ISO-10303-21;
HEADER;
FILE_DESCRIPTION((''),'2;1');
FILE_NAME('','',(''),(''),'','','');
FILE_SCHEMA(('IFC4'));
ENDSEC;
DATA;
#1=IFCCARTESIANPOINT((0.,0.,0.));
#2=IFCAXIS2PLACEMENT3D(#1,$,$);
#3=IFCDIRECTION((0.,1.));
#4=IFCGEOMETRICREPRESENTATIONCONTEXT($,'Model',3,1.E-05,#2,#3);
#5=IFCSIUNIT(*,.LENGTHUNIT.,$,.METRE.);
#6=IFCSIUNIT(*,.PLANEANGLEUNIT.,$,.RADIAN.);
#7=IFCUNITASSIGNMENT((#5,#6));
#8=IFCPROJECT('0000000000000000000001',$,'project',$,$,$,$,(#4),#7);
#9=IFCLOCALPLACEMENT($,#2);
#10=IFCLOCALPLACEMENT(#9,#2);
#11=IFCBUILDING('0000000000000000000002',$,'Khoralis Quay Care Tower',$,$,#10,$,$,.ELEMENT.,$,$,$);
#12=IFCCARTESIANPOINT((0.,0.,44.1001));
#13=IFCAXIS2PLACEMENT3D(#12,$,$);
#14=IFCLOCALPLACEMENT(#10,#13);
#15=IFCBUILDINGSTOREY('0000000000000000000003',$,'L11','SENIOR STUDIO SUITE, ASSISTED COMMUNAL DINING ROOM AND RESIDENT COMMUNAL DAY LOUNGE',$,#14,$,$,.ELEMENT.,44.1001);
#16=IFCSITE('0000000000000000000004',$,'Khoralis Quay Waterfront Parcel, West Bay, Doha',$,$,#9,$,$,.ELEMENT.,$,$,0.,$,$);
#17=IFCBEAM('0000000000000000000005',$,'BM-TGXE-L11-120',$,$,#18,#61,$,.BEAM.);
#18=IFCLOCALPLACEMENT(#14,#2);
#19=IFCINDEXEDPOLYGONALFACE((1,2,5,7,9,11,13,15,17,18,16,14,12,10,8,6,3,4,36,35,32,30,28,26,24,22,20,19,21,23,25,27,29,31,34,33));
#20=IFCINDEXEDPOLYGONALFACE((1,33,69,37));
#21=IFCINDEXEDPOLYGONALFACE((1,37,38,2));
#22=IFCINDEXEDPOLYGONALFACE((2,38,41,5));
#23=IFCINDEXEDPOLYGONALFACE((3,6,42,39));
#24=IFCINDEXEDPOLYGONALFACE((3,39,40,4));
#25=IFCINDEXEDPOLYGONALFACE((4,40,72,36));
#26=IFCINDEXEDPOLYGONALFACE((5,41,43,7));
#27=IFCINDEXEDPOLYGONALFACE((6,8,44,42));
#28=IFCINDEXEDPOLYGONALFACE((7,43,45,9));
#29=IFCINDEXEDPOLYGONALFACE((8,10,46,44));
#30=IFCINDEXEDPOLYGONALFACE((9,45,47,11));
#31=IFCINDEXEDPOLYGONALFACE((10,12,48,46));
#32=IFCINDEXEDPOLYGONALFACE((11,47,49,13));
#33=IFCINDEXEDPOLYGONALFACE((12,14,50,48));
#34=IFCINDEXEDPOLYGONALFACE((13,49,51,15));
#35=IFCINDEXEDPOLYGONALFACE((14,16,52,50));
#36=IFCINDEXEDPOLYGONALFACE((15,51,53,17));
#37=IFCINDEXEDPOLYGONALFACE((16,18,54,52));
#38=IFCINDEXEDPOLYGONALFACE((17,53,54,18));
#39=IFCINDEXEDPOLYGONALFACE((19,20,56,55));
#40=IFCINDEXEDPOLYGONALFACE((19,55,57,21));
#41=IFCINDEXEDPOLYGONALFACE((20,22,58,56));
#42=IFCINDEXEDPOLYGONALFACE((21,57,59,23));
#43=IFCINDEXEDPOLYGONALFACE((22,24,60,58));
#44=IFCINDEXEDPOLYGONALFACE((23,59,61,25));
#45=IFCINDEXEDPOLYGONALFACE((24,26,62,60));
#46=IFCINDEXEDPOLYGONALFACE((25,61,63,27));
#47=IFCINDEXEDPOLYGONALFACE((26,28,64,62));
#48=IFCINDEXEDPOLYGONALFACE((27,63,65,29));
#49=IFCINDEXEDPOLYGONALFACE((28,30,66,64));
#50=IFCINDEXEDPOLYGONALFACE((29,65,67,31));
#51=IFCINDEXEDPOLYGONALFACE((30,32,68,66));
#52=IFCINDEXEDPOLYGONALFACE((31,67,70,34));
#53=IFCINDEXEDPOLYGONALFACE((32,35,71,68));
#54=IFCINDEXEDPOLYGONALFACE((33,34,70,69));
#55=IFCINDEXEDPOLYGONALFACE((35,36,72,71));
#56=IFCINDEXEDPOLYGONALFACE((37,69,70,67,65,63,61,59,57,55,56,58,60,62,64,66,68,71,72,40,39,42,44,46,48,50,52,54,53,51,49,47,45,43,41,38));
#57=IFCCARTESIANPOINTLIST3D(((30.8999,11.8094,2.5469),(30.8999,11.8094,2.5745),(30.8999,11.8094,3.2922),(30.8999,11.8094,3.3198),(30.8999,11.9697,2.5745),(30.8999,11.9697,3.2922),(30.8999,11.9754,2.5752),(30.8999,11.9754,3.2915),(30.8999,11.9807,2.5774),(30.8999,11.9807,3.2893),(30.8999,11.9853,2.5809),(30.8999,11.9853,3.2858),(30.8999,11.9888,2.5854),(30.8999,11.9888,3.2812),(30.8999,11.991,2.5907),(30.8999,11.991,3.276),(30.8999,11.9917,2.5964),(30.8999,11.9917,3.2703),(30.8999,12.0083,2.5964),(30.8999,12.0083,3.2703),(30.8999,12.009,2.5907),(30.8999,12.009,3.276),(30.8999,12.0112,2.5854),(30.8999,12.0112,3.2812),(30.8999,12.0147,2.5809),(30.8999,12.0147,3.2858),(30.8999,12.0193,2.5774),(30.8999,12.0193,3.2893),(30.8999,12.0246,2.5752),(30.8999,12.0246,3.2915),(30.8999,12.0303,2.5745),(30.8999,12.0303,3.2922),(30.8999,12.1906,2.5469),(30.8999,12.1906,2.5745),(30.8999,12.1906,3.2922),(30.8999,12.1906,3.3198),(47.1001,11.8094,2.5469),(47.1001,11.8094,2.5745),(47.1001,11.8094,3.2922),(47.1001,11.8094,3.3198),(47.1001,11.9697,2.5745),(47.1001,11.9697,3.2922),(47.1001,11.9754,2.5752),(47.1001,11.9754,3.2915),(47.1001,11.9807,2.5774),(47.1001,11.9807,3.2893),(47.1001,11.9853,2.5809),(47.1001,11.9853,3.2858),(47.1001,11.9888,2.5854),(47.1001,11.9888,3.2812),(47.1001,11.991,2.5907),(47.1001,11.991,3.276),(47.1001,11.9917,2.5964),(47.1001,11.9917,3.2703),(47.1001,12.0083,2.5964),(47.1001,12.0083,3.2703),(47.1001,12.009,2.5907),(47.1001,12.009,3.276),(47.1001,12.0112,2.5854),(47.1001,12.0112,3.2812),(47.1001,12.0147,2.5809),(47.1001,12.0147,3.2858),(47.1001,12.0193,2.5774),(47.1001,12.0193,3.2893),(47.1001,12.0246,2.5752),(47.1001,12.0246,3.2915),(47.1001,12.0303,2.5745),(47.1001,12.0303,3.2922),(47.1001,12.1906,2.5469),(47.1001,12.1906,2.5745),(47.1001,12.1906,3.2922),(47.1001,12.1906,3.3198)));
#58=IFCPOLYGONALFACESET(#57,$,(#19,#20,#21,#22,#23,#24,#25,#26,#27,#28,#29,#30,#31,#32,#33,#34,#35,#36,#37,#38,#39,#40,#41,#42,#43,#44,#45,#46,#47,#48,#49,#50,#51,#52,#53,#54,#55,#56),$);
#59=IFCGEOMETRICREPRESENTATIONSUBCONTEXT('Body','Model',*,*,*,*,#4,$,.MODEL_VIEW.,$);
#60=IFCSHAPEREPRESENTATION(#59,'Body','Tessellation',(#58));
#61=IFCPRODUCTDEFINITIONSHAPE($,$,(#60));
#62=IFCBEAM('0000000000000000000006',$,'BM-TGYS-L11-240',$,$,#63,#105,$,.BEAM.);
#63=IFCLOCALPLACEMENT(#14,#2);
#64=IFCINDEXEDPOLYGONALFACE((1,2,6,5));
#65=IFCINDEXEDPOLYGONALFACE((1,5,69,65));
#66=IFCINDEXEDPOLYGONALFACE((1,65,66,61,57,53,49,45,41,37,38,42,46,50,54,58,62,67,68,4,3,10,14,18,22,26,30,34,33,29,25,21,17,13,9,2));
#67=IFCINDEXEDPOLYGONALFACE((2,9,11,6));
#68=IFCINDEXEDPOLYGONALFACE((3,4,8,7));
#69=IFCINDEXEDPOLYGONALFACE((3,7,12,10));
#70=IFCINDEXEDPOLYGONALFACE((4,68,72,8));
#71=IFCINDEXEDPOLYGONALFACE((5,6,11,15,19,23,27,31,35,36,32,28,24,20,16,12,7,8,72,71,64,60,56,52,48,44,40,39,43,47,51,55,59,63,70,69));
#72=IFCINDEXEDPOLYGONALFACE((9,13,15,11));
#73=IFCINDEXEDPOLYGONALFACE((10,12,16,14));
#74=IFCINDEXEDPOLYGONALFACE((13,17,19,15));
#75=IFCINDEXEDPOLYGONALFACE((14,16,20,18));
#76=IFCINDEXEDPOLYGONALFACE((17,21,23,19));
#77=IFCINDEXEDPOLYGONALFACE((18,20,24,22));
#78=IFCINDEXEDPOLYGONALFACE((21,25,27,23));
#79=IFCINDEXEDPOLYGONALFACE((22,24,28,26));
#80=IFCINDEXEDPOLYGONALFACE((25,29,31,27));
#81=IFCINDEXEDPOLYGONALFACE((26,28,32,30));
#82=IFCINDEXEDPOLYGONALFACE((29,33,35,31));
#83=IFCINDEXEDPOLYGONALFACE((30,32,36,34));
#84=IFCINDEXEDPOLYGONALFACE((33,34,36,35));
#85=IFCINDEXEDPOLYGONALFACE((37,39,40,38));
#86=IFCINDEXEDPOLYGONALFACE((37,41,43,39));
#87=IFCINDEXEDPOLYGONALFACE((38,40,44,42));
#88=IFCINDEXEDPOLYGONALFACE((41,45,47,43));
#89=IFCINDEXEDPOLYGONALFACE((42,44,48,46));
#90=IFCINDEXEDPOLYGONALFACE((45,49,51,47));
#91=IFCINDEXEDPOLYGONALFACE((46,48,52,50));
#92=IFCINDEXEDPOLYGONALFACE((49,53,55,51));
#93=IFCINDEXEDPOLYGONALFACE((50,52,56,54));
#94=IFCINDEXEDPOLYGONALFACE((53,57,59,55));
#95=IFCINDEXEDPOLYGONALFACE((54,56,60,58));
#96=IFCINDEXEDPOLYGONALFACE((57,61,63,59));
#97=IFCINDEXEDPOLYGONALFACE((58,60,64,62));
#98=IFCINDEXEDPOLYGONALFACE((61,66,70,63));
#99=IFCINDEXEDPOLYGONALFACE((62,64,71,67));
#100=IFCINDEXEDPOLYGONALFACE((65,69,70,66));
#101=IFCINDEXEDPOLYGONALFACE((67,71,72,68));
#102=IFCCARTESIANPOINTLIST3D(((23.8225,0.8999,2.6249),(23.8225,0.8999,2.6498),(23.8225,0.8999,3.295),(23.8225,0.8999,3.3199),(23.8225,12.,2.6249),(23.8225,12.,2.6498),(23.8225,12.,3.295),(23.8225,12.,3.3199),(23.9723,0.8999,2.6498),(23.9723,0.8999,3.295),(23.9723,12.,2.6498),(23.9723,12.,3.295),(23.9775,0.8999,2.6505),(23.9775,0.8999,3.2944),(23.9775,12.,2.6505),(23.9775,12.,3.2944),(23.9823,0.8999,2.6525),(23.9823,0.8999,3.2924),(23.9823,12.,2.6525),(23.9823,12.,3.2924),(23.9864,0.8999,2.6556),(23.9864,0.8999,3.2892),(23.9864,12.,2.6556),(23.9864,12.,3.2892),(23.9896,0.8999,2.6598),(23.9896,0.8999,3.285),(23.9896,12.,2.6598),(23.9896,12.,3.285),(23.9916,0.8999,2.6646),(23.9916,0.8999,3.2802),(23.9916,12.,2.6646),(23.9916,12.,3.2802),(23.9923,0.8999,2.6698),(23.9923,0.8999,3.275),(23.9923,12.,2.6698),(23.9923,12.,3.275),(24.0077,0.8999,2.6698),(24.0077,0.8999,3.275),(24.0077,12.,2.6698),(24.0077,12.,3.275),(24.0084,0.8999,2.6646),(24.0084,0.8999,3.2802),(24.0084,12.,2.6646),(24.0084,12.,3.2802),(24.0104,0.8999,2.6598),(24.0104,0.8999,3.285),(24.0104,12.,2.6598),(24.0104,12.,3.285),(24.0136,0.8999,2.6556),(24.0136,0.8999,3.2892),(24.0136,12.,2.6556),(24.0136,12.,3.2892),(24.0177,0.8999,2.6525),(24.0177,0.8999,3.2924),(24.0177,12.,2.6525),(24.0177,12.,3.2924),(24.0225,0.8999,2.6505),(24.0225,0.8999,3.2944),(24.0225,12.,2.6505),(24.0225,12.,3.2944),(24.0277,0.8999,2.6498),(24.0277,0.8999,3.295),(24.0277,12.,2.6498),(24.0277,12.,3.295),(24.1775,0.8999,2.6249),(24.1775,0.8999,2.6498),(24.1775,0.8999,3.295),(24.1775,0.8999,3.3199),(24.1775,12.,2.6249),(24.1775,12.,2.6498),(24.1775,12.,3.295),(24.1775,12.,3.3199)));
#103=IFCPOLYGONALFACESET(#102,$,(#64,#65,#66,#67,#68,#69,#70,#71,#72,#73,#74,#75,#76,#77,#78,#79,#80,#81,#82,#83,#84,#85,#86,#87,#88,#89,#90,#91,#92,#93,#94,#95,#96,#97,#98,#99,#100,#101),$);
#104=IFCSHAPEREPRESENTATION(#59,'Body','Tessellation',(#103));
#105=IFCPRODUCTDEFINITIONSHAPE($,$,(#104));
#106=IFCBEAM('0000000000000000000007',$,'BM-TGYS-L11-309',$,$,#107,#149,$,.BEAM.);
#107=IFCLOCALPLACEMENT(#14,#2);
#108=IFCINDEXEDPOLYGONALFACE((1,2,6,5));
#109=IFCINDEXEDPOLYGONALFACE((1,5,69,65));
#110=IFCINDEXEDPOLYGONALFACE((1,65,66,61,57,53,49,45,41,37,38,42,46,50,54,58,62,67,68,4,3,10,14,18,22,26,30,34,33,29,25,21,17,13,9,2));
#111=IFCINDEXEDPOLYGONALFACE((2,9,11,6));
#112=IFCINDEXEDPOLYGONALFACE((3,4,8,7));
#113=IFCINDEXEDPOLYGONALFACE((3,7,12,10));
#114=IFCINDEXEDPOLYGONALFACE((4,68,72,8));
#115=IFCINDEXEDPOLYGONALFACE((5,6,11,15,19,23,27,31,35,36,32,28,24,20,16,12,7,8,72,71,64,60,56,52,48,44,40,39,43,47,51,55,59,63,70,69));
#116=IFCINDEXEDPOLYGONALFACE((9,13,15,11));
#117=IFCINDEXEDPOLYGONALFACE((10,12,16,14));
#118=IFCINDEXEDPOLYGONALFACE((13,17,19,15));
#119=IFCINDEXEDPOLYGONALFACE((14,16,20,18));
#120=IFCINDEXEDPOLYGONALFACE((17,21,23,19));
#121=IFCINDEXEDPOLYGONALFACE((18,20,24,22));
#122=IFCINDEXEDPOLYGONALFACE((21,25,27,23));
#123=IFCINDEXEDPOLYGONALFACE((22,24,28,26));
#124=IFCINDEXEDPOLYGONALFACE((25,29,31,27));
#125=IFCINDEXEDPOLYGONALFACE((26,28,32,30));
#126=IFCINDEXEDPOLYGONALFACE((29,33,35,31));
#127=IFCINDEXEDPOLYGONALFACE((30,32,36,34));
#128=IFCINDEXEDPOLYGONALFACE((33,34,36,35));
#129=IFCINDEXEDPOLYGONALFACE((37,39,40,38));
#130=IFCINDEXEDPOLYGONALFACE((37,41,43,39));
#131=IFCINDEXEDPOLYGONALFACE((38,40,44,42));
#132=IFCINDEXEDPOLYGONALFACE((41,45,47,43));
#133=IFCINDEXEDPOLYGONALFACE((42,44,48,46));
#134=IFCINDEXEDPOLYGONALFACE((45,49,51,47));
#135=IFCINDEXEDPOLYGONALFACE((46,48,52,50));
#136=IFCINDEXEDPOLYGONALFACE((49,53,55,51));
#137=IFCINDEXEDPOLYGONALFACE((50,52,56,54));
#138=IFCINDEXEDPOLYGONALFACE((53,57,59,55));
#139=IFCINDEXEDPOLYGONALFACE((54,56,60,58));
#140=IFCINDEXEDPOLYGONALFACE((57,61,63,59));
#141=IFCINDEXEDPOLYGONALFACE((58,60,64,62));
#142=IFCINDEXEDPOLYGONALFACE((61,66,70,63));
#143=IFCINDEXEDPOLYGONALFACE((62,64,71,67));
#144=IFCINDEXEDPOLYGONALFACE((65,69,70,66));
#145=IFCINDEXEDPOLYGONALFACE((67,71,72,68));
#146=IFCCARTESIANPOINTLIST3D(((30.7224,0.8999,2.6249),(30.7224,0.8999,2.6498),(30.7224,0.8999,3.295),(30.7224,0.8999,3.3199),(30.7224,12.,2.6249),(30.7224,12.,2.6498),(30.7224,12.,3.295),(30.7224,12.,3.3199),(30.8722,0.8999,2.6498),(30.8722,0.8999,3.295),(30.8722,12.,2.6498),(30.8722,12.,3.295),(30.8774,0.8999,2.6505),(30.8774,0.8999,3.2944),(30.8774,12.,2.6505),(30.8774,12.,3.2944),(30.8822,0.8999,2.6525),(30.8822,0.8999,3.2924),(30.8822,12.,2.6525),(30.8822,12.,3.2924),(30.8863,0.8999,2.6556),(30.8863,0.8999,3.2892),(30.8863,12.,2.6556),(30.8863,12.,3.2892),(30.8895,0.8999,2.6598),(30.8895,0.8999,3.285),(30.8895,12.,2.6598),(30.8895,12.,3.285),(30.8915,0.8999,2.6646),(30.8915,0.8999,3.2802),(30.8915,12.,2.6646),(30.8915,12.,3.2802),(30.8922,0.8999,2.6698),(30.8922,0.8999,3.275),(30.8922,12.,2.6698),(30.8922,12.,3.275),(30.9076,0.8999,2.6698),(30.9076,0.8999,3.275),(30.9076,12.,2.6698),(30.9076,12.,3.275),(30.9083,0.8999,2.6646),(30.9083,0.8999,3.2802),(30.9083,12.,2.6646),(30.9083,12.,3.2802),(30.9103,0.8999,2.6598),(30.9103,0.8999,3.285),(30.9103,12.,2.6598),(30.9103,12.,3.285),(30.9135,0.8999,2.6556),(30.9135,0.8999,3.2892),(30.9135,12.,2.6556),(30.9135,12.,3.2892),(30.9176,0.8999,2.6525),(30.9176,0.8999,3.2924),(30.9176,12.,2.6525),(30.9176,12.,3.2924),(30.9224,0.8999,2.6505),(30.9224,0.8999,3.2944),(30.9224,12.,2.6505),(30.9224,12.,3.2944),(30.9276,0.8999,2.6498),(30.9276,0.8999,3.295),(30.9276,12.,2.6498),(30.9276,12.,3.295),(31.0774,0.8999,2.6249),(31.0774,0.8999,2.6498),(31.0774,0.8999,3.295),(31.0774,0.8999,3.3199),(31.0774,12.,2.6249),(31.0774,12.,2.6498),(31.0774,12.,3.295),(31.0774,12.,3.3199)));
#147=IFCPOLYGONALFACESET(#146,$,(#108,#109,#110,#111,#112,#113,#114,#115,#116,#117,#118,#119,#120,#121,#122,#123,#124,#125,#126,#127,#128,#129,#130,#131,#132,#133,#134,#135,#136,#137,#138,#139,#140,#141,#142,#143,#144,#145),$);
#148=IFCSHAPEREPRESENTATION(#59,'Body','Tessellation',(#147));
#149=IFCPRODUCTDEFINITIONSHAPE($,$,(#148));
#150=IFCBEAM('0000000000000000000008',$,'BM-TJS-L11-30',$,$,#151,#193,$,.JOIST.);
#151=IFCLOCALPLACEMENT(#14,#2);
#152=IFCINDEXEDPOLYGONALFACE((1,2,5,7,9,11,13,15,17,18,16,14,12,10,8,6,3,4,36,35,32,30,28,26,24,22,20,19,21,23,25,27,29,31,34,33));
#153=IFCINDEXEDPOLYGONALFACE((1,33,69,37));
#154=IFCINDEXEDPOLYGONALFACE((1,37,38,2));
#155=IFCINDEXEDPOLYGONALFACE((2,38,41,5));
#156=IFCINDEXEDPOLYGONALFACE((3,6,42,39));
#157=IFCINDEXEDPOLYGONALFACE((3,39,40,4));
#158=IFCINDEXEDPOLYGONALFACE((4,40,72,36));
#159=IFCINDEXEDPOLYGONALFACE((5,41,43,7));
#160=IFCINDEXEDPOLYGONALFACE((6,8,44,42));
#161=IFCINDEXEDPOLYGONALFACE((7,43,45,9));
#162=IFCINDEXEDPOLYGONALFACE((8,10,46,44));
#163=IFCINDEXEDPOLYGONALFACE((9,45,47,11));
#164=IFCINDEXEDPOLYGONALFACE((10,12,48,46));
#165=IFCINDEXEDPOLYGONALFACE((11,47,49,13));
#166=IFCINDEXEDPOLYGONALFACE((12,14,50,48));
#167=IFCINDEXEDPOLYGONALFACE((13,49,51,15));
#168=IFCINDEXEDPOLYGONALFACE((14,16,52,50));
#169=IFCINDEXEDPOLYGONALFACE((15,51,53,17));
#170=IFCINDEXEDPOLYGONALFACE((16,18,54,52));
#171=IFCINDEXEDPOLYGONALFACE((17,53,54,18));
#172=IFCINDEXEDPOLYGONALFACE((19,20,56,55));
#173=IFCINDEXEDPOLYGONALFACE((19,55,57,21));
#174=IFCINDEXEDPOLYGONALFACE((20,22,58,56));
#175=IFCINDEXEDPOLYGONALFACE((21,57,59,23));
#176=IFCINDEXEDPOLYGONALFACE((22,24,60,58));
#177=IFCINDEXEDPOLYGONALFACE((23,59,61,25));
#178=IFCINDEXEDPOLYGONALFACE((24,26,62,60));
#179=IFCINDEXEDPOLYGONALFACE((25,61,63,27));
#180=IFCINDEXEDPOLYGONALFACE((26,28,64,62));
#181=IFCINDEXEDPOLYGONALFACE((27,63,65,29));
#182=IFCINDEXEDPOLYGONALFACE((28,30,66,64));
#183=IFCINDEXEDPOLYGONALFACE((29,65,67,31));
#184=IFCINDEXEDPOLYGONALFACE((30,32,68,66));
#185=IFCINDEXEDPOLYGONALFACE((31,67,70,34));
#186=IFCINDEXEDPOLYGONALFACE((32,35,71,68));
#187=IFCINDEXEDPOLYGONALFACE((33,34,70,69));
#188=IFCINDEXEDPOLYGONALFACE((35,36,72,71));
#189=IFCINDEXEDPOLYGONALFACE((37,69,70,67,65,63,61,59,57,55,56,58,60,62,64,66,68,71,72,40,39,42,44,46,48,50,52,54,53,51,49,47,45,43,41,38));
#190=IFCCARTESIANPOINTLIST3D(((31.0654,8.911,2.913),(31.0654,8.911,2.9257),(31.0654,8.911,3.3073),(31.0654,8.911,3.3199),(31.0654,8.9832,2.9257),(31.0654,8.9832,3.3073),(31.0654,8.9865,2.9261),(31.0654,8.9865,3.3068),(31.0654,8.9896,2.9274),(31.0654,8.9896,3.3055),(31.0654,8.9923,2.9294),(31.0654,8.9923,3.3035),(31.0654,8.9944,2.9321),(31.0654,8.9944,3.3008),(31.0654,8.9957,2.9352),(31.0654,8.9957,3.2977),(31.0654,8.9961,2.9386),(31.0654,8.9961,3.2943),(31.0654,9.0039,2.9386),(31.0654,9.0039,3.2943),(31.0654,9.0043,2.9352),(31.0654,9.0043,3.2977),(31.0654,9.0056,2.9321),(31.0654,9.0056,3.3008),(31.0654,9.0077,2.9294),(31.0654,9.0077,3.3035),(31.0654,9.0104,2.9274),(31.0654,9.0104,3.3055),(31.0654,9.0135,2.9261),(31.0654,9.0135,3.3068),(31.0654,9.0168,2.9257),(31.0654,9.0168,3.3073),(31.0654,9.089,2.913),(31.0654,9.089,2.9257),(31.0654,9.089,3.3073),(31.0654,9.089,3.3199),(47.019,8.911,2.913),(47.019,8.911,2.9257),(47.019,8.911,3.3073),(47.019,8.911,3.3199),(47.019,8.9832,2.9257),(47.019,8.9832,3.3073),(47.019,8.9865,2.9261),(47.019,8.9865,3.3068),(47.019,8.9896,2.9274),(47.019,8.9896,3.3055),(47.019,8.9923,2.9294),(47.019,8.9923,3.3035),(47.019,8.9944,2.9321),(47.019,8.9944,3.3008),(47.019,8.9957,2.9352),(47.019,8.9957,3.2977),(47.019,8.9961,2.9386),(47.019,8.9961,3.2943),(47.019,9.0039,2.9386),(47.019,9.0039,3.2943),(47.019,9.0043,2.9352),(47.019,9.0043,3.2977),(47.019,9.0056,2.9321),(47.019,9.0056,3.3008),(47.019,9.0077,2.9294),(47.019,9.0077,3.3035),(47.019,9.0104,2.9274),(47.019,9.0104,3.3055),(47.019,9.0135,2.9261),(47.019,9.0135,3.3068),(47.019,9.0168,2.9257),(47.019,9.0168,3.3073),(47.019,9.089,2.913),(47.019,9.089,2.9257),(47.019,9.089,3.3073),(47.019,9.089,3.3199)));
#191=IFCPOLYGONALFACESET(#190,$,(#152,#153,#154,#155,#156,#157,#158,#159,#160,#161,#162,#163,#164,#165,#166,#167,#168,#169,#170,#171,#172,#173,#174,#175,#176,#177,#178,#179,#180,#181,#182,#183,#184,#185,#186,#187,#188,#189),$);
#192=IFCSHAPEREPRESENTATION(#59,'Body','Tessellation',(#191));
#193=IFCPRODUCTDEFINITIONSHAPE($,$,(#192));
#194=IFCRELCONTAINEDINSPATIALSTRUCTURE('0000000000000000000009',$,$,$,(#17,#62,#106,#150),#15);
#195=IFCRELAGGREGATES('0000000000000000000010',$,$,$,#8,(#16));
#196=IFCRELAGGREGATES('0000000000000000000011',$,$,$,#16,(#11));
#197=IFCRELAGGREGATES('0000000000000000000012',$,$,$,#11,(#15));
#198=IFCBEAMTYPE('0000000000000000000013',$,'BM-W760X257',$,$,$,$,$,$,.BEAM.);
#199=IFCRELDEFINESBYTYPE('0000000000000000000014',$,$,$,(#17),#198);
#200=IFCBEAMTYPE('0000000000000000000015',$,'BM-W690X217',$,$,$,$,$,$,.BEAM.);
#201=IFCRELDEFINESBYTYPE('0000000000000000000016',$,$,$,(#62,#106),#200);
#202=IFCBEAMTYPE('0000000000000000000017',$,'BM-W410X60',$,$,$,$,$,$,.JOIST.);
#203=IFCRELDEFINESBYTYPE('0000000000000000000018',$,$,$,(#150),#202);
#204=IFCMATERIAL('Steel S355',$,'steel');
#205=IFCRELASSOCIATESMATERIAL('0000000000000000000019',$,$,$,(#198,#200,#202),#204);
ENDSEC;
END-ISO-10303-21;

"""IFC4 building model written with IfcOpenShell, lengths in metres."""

from ifc_helpers import new_model, si_unit, direction, frame, origin, origin_2d, place, context, subcontext, project, spatial, i_section, extrude, source, transform, mapped, material, material_profile, profile_set, type_object, element, save


model = new_model("IFC4")

# Units and contexts
model_context = context("Model", 3, precision=1e-05, world=origin(), true_north=direction((0.0, 1.0)))
body_context = subcontext(model_context, "Body", "Model", "MODEL_VIEW")
ifc_project = project(units=[si_unit("LENGTHUNIT", "METRE"), si_unit("PLANEANGLEUNIT", "RADIAN")], contexts=[model_context])

# Site, building, storey
site_placement = place(None, origin())
site = spatial("IfcSite", under=ifc_project, at=site_placement, Name="Khoralis Quay Waterfront Parcel, West Bay, Doha", CompositionType="ELEMENT", RefElevation=0.0)
building_placement = place(site_placement, origin())
building = spatial("IfcBuilding", under=site, at=building_placement, Name="Khoralis Quay Care Tower", CompositionType="ELEMENT")
storey_placement = place(building_placement, frame((0.0, 0.0, 44.1001)))
storey = spatial("IfcBuildingStorey", under=building, at=storey_placement, Name="L11", Description="SENIOR STUDIO SUITE, ASSISTED COMMUNAL DINING ROOM AND RESIDENT COMMUNAL DAY LOUNGE", CompositionType="ELEMENT", Elevation=44.1001)

# Beams
ifc_material_1 = material(Name="Steel S355", Category="steel")
ifc_material_profile_1 = material_profile(ifc_material_1, i_section(OverallWidth=0.3811, OverallDepth=0.7729, WebThickness=0.0166, FlangeThickness=0.0276, FilletRadius=0.022, at=origin_2d()), Name="Steel S355")
ifc_profile_set_1 = profile_set([ifc_material_profile_1], Name="Steel S355")
beam_type_1 = type_object("IfcBeamType", Name="BM-W760X257", PredefinedType="BEAM", material=ifc_profile_set_1)
shared_shape_1 = source(origin(), body_context, "Body", "SweptSolid", [
    extrude(i_section(OverallWidth=0.3811, OverallDepth=0.7729, WebThickness=0.0166, FlangeThickness=0.0276, FilletRadius=0.022, at=origin_2d()), origin(), (0.0, 0.0, 1.0), 16.2002),
])
beam_1_placement = place(storey_placement, frame((30.8999, 12.0, 2.9333), z_axis=(1.0, 0.0, 0.0), x_axis=(0.0, 1.0, 0.0)))
element("IfcBeam", 1, at=beam_1_placement, inside=storey, type_object=beam_type_1, Name="BM-TGXE-L11-120", PredefinedType="BEAM", context=body_context, shape_type="MappedRepresentation", body=[
    mapped(shared_shape_1, transform((0.0, 0.0, 0.0), scale=1.0)),
])
ifc_material_profile_2 = material_profile(ifc_material_1, i_section(OverallWidth=0.355, OverallDepth=0.6951, WebThickness=0.0154, FlangeThickness=0.0249, FilletRadius=0.02, at=origin_2d()), Name="Steel S355")
ifc_profile_set_2 = profile_set([ifc_material_profile_2], Name="Steel S355")
beam_type_2 = type_object("IfcBeamType", Name="BM-W690X217", PredefinedType="BEAM", material=ifc_profile_set_2)
shared_shape_2 = source(origin(), body_context, "Body", "SweptSolid", [
    extrude(i_section(OverallWidth=0.355, OverallDepth=0.6951, WebThickness=0.0154, FlangeThickness=0.0249, FilletRadius=0.02, at=origin_2d()), origin(), (0.0, 0.0, 1.0), 11.1001),
])
for number, where, z_axis, x_axis, name in (
    (2, (24.0, 0.8999, 2.9724), (0.0, 1.0, 0.0), (-1.0, 0.0, 0.0), "BM-TGYS-L11-240"),
    (3, (30.8999, 0.8999, 2.9724), (0.0, 1.0, 0.0), (-1.0, 0.0, 0.0), "BM-TGYS-L11-309"),
):
    element("IfcBeam", number, at=place(storey_placement, frame(where, z_axis=z_axis, x_axis=x_axis)), inside=storey, type_object=beam_type_2, Name=name, PredefinedType="BEAM", context=body_context, shape_type="MappedRepresentation", body=[
        mapped(shared_shape_2, transform((0.0, 0.0, 0.0), scale=1.0)),
    ])
ifc_material_profile_3 = material_profile(ifc_material_1, i_section(OverallWidth=0.178, OverallDepth=0.407, WebThickness=0.0078, FlangeThickness=0.0127, FilletRadius=0.0129, at=origin_2d()), Name="Steel S355")
ifc_profile_set_3 = profile_set([ifc_material_profile_3], Name="Steel S355")
beam_type_3 = type_object("IfcBeamType", Name="BM-W410X60", PredefinedType="JOIST", material=ifc_profile_set_3)
shared_shape_3 = source(origin(), body_context, "Body", "SweptSolid", [
    extrude(i_section(OverallWidth=0.178, OverallDepth=0.407, WebThickness=0.0078, FlangeThickness=0.0127, FilletRadius=0.0129, at=origin_2d()), origin(), (0.0, 0.0, 1.0), 15.9536),
])
beam_2_placement = place(storey_placement, frame((31.0654, 9.0, 3.1165), z_axis=(1.0, 0.0, 0.0), x_axis=(0.0, 1.0, 0.0)))
element("IfcBeam", 4, at=beam_2_placement, inside=storey, type_object=beam_type_3, Name="BM-TJS-L11-30", PredefinedType="JOIST", context=body_context, shape_type="MappedRepresentation", body=[
    mapped(shared_shape_3, transform((0.0, 0.0, 0.0), scale=1.0)),
])

save(model, "model.ifc")
